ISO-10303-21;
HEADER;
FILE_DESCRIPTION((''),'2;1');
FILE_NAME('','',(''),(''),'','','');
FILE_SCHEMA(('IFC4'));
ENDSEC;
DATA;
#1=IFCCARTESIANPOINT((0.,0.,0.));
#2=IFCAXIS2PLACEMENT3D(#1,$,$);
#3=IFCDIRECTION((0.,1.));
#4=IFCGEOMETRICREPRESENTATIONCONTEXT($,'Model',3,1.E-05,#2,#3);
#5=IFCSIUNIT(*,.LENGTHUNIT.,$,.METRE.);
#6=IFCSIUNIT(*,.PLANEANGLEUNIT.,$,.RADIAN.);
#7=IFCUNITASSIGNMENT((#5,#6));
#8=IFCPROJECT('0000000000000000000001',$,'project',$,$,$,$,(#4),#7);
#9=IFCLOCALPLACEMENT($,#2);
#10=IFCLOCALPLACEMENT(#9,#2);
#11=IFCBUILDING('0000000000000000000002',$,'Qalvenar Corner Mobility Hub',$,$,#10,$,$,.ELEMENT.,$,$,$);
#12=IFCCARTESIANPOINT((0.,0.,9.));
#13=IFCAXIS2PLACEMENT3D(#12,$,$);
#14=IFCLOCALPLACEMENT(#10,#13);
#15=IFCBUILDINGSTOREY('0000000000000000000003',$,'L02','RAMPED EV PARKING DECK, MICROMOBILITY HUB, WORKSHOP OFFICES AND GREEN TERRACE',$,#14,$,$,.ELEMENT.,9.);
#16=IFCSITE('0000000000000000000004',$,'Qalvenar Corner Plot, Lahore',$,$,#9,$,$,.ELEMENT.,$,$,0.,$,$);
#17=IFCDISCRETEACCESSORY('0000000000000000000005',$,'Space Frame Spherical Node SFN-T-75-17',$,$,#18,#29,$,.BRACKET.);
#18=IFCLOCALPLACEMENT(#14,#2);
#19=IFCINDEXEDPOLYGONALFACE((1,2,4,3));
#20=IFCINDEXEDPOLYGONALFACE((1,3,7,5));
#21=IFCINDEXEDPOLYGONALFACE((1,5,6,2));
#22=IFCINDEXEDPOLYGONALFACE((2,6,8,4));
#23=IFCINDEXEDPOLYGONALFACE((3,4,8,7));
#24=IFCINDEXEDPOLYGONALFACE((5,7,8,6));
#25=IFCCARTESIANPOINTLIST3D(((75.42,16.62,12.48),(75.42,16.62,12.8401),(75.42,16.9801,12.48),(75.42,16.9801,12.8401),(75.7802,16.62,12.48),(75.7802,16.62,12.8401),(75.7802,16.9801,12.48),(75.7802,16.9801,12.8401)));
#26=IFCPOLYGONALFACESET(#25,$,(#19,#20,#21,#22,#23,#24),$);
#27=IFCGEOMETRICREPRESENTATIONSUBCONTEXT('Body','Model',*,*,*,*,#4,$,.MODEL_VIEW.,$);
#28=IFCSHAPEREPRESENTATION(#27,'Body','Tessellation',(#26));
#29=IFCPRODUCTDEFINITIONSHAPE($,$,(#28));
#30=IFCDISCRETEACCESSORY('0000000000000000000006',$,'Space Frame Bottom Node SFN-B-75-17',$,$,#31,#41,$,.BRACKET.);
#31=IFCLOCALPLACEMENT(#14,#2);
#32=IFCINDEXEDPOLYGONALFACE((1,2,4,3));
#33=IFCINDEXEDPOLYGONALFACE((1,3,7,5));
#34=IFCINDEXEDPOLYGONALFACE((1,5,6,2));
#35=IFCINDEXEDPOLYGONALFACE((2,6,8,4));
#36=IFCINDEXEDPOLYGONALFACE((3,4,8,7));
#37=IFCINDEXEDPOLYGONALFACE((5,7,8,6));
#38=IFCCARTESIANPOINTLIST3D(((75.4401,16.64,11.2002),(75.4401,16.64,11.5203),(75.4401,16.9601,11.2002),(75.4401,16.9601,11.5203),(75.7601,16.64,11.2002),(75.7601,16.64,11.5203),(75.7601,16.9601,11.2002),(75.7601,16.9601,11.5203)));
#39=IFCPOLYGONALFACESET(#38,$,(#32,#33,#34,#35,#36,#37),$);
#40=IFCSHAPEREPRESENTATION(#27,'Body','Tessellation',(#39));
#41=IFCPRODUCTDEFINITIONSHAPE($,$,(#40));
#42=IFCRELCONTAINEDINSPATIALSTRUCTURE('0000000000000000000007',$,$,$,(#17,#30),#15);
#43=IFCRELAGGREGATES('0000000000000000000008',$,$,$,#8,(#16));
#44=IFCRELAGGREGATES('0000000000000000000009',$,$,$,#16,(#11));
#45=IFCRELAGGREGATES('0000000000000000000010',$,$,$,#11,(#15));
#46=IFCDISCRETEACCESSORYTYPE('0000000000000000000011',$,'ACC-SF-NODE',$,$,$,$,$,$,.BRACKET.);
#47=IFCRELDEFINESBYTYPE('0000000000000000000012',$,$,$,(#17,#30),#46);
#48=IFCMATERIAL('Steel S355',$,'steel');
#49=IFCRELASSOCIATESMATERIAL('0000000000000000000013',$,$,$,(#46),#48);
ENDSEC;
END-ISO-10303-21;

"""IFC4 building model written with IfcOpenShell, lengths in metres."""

from ifc_helpers import new_model, si_unit, direction, frame, origin, origin_2d, place, context, subcontext, project, spatial, rectangle, extrude, material, type_object, element, save


model = new_model("IFC4")

# Units and contexts
model_context = context("Model", 3, precision=1e-05, world=origin(), true_north=direction((0.0, 1.0)))
body_context = subcontext(model_context, "Body", "Model", "MODEL_VIEW")
ifc_project = project(units=[si_unit("LENGTHUNIT", "METRE"), si_unit("PLANEANGLEUNIT", "RADIAN")], contexts=[model_context])

# Site, building, storey
site_placement = place(None, origin())
site = spatial("IfcSite", under=ifc_project, at=site_placement, Name="Qalvenar Corner Plot, Lahore", CompositionType="ELEMENT", RefElevation=0.0)
building_placement = place(site_placement, origin())
building = spatial("IfcBuilding", under=site, at=building_placement, Name="Qalvenar Corner Mobility Hub", CompositionType="ELEMENT")
storey_placement = place(building_placement, frame((0.0, 0.0, 9.0)))
storey = spatial("IfcBuildingStorey", under=building, at=storey_placement, Name="L02", Description="RAMPED EV PARKING DECK, MICROMOBILITY HUB, WORKSHOP OFFICES AND GREEN TERRACE", CompositionType="ELEMENT", Elevation=9.0)

# Discrete accessories
ifc_material_1 = material(Name="Steel S355", Category="steel")
discrete_accessory_type = type_object("IfcDiscreteAccessoryType", Name="ACC-SF-NODE", PredefinedType="BRACKET", material=ifc_material_1)
discrete_accessory_1_placement = place(storey_placement, frame((75.6001, 16.8, 12.48), z_axis=(0.0, 0.0, 1.0), x_axis=(1.0, 0.0, 0.0)))
element("IfcDiscreteAccessory", 1, at=discrete_accessory_1_placement, inside=storey, type_object=discrete_accessory_type, Name="Space Frame Spherical Node SFN-T-75-17", PredefinedType="BRACKET", context=body_context, shape_type="SweptSolid", body=[
    extrude(rectangle(XDim=0.3601, YDim=0.3601, at=origin_2d()), origin(), (0.0, 0.0, 1.0), 0.3601),
])
discrete_accessory_2_placement = place(storey_placement, frame((75.6001, 16.8, 11.2002), z_axis=(0.0, 0.0, 1.0), x_axis=(1.0, 0.0, 0.0)))
element("IfcDiscreteAccessory", 2, at=discrete_accessory_2_placement, inside=storey, type_object=discrete_accessory_type, Name="Space Frame Bottom Node SFN-B-75-17", PredefinedType="BRACKET", context=body_context, shape_type="SweptSolid", body=[
    extrude(rectangle(XDim=0.3201, YDim=0.3201, at=origin_2d()), origin(), (0.0, 0.0, 1.0), 0.3201),
])

save(model, "model.ifc")
